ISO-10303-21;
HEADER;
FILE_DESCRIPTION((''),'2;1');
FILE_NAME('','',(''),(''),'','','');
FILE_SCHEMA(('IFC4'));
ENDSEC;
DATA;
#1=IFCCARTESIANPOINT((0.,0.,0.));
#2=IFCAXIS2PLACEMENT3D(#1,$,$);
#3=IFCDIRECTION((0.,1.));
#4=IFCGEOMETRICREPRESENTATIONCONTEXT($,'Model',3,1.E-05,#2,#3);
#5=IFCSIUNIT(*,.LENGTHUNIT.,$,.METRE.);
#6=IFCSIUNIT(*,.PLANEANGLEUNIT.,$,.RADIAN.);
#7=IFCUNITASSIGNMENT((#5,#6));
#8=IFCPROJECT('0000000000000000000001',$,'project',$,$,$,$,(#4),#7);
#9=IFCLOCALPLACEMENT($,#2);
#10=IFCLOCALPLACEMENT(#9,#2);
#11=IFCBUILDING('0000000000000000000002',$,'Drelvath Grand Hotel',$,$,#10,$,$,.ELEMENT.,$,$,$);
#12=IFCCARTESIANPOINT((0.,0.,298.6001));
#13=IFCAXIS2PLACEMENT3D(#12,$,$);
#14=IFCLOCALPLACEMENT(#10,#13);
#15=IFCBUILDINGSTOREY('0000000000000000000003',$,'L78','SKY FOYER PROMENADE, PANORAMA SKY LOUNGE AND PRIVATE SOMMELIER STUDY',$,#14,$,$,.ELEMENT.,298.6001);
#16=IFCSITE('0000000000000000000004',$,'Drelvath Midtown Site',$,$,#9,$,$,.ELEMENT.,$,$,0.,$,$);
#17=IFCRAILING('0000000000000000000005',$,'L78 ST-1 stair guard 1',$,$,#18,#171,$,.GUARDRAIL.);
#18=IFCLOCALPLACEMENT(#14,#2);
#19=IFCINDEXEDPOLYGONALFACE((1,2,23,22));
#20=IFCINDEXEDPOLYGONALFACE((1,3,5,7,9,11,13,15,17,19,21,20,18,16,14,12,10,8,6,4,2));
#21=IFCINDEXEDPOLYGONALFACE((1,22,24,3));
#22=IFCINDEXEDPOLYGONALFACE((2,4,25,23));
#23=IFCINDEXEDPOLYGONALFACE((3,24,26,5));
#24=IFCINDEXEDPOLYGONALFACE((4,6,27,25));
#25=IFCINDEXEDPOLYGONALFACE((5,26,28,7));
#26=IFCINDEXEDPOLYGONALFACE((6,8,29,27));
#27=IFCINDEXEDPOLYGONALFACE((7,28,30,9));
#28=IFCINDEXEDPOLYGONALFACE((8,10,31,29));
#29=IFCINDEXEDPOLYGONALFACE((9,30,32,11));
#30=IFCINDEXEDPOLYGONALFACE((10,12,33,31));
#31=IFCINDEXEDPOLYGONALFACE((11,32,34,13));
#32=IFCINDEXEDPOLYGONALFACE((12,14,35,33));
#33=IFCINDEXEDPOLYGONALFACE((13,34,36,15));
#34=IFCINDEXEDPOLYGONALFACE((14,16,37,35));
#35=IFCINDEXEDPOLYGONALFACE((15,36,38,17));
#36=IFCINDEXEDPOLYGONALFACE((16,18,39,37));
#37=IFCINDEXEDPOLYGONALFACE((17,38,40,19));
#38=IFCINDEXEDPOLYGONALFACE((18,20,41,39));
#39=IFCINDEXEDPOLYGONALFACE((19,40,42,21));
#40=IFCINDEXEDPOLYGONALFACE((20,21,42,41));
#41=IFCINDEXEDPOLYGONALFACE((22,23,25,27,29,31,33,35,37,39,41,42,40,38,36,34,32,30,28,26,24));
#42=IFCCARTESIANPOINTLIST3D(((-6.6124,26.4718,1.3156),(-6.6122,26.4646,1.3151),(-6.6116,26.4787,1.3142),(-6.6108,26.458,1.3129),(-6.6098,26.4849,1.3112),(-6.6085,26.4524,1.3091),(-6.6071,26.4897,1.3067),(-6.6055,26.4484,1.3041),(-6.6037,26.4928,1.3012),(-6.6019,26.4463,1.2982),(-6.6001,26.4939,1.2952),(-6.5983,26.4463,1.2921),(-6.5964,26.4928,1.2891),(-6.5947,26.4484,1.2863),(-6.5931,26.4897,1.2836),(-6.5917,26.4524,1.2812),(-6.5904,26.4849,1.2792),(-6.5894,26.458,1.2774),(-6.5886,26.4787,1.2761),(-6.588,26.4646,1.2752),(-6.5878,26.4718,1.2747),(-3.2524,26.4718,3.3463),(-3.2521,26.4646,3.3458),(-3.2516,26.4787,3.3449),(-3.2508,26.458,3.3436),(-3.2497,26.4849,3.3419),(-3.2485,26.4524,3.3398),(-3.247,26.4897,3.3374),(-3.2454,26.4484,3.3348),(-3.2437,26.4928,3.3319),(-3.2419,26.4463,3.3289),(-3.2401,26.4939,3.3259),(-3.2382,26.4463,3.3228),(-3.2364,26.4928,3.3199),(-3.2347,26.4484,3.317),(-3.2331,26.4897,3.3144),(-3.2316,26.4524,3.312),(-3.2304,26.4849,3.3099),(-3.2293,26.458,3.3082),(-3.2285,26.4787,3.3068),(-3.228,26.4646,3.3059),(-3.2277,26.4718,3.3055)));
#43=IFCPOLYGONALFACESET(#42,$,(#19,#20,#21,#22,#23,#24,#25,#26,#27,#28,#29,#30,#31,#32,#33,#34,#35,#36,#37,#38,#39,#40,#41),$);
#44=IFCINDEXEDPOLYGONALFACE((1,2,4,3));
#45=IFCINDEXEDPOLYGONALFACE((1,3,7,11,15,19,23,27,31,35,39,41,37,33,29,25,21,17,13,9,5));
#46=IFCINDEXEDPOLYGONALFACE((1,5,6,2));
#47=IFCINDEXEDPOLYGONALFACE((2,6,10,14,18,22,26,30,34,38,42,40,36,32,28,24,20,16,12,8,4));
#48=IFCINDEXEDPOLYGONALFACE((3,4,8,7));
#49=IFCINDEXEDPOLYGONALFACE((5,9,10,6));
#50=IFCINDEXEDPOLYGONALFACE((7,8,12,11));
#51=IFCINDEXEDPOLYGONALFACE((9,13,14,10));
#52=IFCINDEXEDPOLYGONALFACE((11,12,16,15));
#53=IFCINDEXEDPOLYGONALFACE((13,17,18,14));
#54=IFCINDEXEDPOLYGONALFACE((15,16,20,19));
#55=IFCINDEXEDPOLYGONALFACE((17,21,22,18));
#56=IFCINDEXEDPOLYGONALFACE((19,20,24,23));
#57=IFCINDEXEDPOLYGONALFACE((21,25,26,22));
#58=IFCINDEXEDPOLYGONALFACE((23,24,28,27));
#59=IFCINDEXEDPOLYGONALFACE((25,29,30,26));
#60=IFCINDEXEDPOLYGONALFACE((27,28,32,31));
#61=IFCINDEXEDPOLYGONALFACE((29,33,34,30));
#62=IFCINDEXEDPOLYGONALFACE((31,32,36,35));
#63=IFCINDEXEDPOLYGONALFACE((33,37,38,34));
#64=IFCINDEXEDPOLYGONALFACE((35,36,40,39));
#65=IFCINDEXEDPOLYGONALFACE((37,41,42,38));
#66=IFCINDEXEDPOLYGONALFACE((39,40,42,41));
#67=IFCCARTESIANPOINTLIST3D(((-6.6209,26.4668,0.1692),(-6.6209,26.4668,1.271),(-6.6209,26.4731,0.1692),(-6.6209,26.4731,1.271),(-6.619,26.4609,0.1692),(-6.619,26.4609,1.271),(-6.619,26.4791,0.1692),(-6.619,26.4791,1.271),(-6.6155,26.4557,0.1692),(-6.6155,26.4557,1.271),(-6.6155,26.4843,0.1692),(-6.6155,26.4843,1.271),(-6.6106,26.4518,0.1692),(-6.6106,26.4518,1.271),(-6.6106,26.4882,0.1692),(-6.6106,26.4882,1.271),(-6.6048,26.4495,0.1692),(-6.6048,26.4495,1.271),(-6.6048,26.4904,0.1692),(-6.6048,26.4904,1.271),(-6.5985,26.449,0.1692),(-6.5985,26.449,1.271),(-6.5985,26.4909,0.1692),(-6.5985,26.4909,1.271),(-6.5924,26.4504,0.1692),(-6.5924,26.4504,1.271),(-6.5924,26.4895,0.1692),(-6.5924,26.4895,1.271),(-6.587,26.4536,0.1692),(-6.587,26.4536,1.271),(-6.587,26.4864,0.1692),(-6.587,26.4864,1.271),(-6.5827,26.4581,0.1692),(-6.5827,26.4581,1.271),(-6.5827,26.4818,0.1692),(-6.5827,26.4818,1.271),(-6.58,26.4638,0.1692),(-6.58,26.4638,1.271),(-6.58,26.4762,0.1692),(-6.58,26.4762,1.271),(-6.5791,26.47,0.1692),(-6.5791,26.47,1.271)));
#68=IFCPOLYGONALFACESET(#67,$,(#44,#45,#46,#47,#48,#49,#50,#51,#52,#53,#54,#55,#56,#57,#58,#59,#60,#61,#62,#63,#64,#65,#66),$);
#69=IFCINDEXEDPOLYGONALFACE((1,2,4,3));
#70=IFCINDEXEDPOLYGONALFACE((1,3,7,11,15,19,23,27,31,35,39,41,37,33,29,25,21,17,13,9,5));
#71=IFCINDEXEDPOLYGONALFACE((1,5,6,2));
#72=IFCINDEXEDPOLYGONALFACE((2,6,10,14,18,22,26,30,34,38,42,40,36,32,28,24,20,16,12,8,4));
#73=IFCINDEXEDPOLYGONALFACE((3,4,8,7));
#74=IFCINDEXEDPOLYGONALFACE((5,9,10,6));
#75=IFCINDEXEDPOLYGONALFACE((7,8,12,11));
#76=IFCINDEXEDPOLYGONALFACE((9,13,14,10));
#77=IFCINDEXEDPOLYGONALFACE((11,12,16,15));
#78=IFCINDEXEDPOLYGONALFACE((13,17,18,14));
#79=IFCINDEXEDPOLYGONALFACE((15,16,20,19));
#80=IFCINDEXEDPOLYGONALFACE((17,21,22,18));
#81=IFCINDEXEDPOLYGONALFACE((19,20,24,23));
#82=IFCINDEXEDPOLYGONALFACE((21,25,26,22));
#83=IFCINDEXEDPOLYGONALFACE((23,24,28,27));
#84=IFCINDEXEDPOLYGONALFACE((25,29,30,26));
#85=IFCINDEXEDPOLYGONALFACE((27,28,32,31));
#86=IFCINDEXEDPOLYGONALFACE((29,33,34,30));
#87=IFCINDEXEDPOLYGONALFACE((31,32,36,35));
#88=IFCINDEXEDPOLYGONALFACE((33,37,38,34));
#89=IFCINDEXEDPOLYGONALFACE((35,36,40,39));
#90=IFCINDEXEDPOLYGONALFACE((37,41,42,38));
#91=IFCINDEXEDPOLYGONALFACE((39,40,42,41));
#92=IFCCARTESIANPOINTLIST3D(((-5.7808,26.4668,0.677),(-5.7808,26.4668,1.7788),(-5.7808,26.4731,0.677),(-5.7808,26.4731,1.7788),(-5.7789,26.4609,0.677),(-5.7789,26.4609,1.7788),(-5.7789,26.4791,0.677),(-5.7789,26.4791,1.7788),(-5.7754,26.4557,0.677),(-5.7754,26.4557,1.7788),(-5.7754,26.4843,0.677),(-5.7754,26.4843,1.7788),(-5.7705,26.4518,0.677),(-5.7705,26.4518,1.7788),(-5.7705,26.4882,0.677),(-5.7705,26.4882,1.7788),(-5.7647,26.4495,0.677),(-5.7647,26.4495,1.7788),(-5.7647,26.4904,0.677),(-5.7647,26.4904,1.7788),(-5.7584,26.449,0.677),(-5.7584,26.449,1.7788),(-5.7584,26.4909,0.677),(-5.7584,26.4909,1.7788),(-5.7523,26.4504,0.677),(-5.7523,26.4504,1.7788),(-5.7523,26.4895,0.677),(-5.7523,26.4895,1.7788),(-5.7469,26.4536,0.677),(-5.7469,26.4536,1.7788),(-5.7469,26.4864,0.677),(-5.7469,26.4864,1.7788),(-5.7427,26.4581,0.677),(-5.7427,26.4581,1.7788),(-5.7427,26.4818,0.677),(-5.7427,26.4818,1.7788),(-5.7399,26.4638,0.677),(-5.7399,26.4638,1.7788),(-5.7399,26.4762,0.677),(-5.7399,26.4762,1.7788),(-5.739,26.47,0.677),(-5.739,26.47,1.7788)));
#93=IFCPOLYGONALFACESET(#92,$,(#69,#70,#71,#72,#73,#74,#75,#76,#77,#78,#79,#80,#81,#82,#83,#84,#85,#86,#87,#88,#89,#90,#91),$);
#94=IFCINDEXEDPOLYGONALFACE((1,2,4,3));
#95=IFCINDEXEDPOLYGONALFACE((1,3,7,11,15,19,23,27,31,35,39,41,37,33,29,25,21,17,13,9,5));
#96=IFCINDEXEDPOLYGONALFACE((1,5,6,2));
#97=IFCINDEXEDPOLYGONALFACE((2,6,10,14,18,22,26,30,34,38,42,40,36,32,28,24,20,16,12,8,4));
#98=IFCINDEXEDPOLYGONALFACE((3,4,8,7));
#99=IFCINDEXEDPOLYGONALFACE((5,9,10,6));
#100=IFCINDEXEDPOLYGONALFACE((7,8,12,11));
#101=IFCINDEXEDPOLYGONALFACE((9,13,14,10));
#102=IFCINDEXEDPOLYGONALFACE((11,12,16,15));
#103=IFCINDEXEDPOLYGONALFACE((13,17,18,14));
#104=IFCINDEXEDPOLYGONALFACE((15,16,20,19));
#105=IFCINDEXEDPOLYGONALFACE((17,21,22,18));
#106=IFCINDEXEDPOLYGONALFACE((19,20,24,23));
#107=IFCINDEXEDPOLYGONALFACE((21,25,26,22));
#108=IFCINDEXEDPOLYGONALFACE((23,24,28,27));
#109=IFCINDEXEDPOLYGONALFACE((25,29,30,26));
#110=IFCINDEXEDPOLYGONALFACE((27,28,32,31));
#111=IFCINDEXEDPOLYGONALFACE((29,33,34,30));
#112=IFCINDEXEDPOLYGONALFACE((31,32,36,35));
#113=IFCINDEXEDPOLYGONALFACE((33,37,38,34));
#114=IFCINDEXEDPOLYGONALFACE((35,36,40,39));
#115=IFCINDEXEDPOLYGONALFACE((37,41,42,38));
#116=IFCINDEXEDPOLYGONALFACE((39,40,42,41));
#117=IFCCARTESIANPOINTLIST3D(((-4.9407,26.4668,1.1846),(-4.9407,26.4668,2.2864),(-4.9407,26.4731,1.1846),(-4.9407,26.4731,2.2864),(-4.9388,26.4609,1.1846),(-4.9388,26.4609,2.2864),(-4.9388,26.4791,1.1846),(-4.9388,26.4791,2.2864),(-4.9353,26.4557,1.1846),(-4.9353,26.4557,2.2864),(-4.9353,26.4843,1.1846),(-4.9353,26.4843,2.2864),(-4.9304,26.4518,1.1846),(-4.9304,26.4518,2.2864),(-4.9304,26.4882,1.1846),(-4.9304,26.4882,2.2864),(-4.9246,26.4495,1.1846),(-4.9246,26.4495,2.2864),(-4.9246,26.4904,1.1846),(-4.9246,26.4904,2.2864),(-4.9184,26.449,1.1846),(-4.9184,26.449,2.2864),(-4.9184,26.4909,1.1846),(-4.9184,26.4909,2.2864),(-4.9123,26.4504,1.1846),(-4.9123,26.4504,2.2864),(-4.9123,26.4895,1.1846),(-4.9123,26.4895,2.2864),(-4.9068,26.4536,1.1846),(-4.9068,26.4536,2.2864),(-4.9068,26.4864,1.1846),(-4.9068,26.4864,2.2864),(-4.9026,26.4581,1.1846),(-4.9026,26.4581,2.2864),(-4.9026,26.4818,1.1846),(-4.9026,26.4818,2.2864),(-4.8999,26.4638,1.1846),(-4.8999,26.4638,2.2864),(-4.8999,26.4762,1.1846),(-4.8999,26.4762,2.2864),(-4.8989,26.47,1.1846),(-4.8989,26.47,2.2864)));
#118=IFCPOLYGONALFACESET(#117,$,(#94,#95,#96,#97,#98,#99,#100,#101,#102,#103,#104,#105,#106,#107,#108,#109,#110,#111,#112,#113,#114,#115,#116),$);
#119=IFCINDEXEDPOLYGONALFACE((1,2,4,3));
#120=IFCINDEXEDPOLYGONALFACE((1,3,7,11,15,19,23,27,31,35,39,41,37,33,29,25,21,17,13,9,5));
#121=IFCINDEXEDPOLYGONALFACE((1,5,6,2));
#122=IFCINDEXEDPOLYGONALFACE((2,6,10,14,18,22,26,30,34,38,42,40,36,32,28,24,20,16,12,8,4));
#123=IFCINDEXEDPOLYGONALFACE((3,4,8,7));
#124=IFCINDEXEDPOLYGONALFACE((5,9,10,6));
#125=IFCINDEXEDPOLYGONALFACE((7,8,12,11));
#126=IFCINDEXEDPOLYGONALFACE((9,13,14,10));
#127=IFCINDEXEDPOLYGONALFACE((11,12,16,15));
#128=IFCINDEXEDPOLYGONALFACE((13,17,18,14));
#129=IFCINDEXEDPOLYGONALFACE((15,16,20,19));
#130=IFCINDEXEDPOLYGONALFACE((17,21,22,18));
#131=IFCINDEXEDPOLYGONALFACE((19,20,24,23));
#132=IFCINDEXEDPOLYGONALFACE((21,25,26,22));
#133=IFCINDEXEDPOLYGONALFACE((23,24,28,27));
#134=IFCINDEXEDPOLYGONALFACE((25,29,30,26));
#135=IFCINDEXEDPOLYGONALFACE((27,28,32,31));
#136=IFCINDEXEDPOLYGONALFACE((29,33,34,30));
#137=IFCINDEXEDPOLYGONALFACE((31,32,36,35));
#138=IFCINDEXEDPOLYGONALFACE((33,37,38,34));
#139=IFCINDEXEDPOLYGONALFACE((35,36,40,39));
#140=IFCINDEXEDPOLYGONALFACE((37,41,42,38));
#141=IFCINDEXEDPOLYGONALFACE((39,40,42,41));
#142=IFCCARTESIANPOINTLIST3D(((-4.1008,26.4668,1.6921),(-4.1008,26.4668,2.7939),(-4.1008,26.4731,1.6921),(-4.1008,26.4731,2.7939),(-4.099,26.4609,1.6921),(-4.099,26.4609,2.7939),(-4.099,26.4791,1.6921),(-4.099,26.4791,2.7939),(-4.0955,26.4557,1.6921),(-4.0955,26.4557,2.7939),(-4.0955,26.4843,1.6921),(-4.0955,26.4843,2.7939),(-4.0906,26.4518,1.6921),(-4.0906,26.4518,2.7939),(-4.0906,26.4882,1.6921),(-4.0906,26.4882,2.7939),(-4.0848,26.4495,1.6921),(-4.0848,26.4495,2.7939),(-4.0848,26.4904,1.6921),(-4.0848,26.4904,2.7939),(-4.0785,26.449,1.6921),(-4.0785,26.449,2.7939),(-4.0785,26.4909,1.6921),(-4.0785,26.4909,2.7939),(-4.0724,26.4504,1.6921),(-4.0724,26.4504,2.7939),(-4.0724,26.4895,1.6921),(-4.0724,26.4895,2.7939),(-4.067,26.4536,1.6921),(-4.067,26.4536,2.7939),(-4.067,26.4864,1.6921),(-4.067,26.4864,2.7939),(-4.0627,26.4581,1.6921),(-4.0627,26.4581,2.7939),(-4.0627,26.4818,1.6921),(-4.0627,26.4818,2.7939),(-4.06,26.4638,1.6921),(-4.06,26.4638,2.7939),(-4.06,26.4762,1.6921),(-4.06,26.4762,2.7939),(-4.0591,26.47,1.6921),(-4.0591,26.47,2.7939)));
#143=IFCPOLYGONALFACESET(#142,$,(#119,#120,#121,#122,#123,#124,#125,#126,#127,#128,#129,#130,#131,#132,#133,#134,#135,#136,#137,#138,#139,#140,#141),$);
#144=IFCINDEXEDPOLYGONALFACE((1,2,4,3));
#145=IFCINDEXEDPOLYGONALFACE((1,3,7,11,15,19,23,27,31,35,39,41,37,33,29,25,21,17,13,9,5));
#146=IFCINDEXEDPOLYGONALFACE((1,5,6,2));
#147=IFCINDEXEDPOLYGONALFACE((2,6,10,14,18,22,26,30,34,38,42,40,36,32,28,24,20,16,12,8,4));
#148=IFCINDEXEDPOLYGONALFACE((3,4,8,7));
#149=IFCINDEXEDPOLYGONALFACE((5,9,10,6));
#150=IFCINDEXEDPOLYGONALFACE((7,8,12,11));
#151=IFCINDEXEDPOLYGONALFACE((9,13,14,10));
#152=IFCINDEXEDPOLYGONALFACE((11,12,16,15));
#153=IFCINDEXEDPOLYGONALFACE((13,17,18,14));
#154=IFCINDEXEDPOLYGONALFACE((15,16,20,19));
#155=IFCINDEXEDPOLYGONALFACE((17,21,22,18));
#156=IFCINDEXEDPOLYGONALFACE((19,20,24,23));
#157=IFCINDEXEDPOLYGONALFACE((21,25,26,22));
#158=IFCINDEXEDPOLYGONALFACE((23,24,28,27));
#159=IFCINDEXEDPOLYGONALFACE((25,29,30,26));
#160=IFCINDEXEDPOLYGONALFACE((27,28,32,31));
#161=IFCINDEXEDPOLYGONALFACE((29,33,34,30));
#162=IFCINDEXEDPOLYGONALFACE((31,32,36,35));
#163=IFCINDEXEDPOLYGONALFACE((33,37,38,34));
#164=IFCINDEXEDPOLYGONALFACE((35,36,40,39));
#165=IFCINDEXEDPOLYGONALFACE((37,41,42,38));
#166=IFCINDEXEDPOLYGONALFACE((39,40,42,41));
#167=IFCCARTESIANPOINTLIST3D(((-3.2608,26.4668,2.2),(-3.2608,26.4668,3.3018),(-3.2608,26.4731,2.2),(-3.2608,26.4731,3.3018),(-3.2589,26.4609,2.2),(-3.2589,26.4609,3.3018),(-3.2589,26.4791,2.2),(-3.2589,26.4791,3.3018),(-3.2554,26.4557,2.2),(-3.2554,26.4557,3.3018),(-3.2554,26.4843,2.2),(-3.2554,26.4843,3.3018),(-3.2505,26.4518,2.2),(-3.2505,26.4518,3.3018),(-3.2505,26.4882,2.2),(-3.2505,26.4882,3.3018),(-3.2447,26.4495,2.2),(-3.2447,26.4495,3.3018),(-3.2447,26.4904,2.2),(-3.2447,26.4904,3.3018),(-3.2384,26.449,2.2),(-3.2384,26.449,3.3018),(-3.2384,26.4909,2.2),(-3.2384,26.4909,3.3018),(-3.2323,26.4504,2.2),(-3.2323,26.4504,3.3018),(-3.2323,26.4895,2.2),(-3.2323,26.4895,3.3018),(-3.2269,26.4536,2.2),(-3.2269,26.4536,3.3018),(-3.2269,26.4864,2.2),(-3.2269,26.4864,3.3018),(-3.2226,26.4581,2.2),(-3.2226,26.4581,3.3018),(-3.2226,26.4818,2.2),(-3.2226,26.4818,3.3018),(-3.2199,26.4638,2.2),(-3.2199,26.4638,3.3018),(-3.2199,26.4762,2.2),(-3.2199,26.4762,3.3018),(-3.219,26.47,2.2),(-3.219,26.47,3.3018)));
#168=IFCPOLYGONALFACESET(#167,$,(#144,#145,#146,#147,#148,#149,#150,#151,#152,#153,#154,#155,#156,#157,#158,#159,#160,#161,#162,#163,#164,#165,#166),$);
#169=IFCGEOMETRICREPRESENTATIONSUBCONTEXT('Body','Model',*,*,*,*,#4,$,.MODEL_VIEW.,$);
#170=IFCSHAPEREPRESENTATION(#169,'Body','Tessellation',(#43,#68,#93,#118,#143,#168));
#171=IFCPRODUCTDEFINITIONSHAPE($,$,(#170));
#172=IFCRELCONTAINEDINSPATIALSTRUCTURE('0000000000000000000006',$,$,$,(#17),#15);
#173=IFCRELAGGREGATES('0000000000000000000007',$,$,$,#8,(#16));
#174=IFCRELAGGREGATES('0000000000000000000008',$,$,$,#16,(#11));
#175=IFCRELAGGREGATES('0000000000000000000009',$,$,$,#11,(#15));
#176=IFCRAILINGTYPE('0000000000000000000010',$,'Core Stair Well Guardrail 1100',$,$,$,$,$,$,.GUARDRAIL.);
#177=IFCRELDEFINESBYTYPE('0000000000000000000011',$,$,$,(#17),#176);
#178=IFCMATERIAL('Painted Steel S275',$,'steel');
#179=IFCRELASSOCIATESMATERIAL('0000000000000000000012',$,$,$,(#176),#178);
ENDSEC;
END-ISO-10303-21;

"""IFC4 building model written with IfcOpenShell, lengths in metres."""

from ifc_helpers import new_model, si_unit, direction, frame, origin, origin_2d, place, context, subcontext, project, spatial, circle, extrude, material, type_object, element, save


model = new_model("IFC4")

# Units and contexts
model_context = context("Model", 3, precision=1e-05, world=origin(), true_north=direction((0.0, 1.0)))
body_context = subcontext(model_context, "Body", "Model", "MODEL_VIEW")
ifc_project = project(units=[si_unit("LENGTHUNIT", "METRE"), si_unit("PLANEANGLEUNIT", "RADIAN")], contexts=[model_context])

# Site, building, storey
site_placement = place(None, origin())
site = spatial("IfcSite", under=ifc_project, at=site_placement, Name="Drelvath Midtown Site", CompositionType="ELEMENT", RefElevation=0.0)
building_placement = place(site_placement, origin())
building = spatial("IfcBuilding", under=site, at=building_placement, Name="Drelvath Grand Hotel", CompositionType="ELEMENT")
storey_placement = place(building_placement, frame((0.0, 0.0, 298.6001)))
storey = spatial("IfcBuildingStorey", under=building, at=storey_placement, Name="L78", Description="SKY FOYER PROMENADE, PANORAMA SKY LOUNGE AND PRIVATE SOMMELIER STUDY", CompositionType="ELEMENT", Elevation=298.6001)

# Shared definitions
ifc_material_1 = material(Name="Painted Steel S275", Category="steel")

# Railing
railing_type_1 = type_object("IfcRailingType", Name="Core Stair Well Guardrail 1100", PredefinedType="GUARDRAIL", material=ifc_material_1)
railing_1_placement = place(storey_placement, frame((-6.6001, 26.47, 0.1692)))
element("IfcRailing", 1, at=railing_1_placement, inside=storey, type_object=railing_type_1, Name="L78 ST-1 stair guard 1", PredefinedType="GUARDRAIL", context=body_context, shape_type="SweptSolid", body=[
    extrude(circle(Radius=0.0239, at=origin_2d()), frame((0.0, 0.0, 1.126), z_axis=(0.855837, 0.0, 0.517246), x_axis=(0.0, 1.0, 0.0)), (0.0, 0.0, 1.0), 3.926),
    extrude(circle(Radius=0.021, at=origin_2d()), origin(), (0.0, 0.0, 1.0), 1.1018),
    extrude(circle(Radius=0.021, at=origin_2d()), frame((0.8401, 0.0, 0.5078)), (0.0, 0.0, 1.0), 1.1018),
    extrude(circle(Radius=0.021, at=origin_2d()), frame((1.6802, 0.0, 1.0154)), (0.0, 0.0, 1.0), 1.1018),
    extrude(circle(Radius=0.021, at=origin_2d()), frame((2.52, 0.0, 1.5229)), (0.0, 0.0, 1.0), 1.1018),
    extrude(circle(Radius=0.021, at=origin_2d()), frame((3.3601, 0.0, 2.0308)), (0.0, 0.0, 1.0), 1.1018),
])

save(model, "model.ifc")
